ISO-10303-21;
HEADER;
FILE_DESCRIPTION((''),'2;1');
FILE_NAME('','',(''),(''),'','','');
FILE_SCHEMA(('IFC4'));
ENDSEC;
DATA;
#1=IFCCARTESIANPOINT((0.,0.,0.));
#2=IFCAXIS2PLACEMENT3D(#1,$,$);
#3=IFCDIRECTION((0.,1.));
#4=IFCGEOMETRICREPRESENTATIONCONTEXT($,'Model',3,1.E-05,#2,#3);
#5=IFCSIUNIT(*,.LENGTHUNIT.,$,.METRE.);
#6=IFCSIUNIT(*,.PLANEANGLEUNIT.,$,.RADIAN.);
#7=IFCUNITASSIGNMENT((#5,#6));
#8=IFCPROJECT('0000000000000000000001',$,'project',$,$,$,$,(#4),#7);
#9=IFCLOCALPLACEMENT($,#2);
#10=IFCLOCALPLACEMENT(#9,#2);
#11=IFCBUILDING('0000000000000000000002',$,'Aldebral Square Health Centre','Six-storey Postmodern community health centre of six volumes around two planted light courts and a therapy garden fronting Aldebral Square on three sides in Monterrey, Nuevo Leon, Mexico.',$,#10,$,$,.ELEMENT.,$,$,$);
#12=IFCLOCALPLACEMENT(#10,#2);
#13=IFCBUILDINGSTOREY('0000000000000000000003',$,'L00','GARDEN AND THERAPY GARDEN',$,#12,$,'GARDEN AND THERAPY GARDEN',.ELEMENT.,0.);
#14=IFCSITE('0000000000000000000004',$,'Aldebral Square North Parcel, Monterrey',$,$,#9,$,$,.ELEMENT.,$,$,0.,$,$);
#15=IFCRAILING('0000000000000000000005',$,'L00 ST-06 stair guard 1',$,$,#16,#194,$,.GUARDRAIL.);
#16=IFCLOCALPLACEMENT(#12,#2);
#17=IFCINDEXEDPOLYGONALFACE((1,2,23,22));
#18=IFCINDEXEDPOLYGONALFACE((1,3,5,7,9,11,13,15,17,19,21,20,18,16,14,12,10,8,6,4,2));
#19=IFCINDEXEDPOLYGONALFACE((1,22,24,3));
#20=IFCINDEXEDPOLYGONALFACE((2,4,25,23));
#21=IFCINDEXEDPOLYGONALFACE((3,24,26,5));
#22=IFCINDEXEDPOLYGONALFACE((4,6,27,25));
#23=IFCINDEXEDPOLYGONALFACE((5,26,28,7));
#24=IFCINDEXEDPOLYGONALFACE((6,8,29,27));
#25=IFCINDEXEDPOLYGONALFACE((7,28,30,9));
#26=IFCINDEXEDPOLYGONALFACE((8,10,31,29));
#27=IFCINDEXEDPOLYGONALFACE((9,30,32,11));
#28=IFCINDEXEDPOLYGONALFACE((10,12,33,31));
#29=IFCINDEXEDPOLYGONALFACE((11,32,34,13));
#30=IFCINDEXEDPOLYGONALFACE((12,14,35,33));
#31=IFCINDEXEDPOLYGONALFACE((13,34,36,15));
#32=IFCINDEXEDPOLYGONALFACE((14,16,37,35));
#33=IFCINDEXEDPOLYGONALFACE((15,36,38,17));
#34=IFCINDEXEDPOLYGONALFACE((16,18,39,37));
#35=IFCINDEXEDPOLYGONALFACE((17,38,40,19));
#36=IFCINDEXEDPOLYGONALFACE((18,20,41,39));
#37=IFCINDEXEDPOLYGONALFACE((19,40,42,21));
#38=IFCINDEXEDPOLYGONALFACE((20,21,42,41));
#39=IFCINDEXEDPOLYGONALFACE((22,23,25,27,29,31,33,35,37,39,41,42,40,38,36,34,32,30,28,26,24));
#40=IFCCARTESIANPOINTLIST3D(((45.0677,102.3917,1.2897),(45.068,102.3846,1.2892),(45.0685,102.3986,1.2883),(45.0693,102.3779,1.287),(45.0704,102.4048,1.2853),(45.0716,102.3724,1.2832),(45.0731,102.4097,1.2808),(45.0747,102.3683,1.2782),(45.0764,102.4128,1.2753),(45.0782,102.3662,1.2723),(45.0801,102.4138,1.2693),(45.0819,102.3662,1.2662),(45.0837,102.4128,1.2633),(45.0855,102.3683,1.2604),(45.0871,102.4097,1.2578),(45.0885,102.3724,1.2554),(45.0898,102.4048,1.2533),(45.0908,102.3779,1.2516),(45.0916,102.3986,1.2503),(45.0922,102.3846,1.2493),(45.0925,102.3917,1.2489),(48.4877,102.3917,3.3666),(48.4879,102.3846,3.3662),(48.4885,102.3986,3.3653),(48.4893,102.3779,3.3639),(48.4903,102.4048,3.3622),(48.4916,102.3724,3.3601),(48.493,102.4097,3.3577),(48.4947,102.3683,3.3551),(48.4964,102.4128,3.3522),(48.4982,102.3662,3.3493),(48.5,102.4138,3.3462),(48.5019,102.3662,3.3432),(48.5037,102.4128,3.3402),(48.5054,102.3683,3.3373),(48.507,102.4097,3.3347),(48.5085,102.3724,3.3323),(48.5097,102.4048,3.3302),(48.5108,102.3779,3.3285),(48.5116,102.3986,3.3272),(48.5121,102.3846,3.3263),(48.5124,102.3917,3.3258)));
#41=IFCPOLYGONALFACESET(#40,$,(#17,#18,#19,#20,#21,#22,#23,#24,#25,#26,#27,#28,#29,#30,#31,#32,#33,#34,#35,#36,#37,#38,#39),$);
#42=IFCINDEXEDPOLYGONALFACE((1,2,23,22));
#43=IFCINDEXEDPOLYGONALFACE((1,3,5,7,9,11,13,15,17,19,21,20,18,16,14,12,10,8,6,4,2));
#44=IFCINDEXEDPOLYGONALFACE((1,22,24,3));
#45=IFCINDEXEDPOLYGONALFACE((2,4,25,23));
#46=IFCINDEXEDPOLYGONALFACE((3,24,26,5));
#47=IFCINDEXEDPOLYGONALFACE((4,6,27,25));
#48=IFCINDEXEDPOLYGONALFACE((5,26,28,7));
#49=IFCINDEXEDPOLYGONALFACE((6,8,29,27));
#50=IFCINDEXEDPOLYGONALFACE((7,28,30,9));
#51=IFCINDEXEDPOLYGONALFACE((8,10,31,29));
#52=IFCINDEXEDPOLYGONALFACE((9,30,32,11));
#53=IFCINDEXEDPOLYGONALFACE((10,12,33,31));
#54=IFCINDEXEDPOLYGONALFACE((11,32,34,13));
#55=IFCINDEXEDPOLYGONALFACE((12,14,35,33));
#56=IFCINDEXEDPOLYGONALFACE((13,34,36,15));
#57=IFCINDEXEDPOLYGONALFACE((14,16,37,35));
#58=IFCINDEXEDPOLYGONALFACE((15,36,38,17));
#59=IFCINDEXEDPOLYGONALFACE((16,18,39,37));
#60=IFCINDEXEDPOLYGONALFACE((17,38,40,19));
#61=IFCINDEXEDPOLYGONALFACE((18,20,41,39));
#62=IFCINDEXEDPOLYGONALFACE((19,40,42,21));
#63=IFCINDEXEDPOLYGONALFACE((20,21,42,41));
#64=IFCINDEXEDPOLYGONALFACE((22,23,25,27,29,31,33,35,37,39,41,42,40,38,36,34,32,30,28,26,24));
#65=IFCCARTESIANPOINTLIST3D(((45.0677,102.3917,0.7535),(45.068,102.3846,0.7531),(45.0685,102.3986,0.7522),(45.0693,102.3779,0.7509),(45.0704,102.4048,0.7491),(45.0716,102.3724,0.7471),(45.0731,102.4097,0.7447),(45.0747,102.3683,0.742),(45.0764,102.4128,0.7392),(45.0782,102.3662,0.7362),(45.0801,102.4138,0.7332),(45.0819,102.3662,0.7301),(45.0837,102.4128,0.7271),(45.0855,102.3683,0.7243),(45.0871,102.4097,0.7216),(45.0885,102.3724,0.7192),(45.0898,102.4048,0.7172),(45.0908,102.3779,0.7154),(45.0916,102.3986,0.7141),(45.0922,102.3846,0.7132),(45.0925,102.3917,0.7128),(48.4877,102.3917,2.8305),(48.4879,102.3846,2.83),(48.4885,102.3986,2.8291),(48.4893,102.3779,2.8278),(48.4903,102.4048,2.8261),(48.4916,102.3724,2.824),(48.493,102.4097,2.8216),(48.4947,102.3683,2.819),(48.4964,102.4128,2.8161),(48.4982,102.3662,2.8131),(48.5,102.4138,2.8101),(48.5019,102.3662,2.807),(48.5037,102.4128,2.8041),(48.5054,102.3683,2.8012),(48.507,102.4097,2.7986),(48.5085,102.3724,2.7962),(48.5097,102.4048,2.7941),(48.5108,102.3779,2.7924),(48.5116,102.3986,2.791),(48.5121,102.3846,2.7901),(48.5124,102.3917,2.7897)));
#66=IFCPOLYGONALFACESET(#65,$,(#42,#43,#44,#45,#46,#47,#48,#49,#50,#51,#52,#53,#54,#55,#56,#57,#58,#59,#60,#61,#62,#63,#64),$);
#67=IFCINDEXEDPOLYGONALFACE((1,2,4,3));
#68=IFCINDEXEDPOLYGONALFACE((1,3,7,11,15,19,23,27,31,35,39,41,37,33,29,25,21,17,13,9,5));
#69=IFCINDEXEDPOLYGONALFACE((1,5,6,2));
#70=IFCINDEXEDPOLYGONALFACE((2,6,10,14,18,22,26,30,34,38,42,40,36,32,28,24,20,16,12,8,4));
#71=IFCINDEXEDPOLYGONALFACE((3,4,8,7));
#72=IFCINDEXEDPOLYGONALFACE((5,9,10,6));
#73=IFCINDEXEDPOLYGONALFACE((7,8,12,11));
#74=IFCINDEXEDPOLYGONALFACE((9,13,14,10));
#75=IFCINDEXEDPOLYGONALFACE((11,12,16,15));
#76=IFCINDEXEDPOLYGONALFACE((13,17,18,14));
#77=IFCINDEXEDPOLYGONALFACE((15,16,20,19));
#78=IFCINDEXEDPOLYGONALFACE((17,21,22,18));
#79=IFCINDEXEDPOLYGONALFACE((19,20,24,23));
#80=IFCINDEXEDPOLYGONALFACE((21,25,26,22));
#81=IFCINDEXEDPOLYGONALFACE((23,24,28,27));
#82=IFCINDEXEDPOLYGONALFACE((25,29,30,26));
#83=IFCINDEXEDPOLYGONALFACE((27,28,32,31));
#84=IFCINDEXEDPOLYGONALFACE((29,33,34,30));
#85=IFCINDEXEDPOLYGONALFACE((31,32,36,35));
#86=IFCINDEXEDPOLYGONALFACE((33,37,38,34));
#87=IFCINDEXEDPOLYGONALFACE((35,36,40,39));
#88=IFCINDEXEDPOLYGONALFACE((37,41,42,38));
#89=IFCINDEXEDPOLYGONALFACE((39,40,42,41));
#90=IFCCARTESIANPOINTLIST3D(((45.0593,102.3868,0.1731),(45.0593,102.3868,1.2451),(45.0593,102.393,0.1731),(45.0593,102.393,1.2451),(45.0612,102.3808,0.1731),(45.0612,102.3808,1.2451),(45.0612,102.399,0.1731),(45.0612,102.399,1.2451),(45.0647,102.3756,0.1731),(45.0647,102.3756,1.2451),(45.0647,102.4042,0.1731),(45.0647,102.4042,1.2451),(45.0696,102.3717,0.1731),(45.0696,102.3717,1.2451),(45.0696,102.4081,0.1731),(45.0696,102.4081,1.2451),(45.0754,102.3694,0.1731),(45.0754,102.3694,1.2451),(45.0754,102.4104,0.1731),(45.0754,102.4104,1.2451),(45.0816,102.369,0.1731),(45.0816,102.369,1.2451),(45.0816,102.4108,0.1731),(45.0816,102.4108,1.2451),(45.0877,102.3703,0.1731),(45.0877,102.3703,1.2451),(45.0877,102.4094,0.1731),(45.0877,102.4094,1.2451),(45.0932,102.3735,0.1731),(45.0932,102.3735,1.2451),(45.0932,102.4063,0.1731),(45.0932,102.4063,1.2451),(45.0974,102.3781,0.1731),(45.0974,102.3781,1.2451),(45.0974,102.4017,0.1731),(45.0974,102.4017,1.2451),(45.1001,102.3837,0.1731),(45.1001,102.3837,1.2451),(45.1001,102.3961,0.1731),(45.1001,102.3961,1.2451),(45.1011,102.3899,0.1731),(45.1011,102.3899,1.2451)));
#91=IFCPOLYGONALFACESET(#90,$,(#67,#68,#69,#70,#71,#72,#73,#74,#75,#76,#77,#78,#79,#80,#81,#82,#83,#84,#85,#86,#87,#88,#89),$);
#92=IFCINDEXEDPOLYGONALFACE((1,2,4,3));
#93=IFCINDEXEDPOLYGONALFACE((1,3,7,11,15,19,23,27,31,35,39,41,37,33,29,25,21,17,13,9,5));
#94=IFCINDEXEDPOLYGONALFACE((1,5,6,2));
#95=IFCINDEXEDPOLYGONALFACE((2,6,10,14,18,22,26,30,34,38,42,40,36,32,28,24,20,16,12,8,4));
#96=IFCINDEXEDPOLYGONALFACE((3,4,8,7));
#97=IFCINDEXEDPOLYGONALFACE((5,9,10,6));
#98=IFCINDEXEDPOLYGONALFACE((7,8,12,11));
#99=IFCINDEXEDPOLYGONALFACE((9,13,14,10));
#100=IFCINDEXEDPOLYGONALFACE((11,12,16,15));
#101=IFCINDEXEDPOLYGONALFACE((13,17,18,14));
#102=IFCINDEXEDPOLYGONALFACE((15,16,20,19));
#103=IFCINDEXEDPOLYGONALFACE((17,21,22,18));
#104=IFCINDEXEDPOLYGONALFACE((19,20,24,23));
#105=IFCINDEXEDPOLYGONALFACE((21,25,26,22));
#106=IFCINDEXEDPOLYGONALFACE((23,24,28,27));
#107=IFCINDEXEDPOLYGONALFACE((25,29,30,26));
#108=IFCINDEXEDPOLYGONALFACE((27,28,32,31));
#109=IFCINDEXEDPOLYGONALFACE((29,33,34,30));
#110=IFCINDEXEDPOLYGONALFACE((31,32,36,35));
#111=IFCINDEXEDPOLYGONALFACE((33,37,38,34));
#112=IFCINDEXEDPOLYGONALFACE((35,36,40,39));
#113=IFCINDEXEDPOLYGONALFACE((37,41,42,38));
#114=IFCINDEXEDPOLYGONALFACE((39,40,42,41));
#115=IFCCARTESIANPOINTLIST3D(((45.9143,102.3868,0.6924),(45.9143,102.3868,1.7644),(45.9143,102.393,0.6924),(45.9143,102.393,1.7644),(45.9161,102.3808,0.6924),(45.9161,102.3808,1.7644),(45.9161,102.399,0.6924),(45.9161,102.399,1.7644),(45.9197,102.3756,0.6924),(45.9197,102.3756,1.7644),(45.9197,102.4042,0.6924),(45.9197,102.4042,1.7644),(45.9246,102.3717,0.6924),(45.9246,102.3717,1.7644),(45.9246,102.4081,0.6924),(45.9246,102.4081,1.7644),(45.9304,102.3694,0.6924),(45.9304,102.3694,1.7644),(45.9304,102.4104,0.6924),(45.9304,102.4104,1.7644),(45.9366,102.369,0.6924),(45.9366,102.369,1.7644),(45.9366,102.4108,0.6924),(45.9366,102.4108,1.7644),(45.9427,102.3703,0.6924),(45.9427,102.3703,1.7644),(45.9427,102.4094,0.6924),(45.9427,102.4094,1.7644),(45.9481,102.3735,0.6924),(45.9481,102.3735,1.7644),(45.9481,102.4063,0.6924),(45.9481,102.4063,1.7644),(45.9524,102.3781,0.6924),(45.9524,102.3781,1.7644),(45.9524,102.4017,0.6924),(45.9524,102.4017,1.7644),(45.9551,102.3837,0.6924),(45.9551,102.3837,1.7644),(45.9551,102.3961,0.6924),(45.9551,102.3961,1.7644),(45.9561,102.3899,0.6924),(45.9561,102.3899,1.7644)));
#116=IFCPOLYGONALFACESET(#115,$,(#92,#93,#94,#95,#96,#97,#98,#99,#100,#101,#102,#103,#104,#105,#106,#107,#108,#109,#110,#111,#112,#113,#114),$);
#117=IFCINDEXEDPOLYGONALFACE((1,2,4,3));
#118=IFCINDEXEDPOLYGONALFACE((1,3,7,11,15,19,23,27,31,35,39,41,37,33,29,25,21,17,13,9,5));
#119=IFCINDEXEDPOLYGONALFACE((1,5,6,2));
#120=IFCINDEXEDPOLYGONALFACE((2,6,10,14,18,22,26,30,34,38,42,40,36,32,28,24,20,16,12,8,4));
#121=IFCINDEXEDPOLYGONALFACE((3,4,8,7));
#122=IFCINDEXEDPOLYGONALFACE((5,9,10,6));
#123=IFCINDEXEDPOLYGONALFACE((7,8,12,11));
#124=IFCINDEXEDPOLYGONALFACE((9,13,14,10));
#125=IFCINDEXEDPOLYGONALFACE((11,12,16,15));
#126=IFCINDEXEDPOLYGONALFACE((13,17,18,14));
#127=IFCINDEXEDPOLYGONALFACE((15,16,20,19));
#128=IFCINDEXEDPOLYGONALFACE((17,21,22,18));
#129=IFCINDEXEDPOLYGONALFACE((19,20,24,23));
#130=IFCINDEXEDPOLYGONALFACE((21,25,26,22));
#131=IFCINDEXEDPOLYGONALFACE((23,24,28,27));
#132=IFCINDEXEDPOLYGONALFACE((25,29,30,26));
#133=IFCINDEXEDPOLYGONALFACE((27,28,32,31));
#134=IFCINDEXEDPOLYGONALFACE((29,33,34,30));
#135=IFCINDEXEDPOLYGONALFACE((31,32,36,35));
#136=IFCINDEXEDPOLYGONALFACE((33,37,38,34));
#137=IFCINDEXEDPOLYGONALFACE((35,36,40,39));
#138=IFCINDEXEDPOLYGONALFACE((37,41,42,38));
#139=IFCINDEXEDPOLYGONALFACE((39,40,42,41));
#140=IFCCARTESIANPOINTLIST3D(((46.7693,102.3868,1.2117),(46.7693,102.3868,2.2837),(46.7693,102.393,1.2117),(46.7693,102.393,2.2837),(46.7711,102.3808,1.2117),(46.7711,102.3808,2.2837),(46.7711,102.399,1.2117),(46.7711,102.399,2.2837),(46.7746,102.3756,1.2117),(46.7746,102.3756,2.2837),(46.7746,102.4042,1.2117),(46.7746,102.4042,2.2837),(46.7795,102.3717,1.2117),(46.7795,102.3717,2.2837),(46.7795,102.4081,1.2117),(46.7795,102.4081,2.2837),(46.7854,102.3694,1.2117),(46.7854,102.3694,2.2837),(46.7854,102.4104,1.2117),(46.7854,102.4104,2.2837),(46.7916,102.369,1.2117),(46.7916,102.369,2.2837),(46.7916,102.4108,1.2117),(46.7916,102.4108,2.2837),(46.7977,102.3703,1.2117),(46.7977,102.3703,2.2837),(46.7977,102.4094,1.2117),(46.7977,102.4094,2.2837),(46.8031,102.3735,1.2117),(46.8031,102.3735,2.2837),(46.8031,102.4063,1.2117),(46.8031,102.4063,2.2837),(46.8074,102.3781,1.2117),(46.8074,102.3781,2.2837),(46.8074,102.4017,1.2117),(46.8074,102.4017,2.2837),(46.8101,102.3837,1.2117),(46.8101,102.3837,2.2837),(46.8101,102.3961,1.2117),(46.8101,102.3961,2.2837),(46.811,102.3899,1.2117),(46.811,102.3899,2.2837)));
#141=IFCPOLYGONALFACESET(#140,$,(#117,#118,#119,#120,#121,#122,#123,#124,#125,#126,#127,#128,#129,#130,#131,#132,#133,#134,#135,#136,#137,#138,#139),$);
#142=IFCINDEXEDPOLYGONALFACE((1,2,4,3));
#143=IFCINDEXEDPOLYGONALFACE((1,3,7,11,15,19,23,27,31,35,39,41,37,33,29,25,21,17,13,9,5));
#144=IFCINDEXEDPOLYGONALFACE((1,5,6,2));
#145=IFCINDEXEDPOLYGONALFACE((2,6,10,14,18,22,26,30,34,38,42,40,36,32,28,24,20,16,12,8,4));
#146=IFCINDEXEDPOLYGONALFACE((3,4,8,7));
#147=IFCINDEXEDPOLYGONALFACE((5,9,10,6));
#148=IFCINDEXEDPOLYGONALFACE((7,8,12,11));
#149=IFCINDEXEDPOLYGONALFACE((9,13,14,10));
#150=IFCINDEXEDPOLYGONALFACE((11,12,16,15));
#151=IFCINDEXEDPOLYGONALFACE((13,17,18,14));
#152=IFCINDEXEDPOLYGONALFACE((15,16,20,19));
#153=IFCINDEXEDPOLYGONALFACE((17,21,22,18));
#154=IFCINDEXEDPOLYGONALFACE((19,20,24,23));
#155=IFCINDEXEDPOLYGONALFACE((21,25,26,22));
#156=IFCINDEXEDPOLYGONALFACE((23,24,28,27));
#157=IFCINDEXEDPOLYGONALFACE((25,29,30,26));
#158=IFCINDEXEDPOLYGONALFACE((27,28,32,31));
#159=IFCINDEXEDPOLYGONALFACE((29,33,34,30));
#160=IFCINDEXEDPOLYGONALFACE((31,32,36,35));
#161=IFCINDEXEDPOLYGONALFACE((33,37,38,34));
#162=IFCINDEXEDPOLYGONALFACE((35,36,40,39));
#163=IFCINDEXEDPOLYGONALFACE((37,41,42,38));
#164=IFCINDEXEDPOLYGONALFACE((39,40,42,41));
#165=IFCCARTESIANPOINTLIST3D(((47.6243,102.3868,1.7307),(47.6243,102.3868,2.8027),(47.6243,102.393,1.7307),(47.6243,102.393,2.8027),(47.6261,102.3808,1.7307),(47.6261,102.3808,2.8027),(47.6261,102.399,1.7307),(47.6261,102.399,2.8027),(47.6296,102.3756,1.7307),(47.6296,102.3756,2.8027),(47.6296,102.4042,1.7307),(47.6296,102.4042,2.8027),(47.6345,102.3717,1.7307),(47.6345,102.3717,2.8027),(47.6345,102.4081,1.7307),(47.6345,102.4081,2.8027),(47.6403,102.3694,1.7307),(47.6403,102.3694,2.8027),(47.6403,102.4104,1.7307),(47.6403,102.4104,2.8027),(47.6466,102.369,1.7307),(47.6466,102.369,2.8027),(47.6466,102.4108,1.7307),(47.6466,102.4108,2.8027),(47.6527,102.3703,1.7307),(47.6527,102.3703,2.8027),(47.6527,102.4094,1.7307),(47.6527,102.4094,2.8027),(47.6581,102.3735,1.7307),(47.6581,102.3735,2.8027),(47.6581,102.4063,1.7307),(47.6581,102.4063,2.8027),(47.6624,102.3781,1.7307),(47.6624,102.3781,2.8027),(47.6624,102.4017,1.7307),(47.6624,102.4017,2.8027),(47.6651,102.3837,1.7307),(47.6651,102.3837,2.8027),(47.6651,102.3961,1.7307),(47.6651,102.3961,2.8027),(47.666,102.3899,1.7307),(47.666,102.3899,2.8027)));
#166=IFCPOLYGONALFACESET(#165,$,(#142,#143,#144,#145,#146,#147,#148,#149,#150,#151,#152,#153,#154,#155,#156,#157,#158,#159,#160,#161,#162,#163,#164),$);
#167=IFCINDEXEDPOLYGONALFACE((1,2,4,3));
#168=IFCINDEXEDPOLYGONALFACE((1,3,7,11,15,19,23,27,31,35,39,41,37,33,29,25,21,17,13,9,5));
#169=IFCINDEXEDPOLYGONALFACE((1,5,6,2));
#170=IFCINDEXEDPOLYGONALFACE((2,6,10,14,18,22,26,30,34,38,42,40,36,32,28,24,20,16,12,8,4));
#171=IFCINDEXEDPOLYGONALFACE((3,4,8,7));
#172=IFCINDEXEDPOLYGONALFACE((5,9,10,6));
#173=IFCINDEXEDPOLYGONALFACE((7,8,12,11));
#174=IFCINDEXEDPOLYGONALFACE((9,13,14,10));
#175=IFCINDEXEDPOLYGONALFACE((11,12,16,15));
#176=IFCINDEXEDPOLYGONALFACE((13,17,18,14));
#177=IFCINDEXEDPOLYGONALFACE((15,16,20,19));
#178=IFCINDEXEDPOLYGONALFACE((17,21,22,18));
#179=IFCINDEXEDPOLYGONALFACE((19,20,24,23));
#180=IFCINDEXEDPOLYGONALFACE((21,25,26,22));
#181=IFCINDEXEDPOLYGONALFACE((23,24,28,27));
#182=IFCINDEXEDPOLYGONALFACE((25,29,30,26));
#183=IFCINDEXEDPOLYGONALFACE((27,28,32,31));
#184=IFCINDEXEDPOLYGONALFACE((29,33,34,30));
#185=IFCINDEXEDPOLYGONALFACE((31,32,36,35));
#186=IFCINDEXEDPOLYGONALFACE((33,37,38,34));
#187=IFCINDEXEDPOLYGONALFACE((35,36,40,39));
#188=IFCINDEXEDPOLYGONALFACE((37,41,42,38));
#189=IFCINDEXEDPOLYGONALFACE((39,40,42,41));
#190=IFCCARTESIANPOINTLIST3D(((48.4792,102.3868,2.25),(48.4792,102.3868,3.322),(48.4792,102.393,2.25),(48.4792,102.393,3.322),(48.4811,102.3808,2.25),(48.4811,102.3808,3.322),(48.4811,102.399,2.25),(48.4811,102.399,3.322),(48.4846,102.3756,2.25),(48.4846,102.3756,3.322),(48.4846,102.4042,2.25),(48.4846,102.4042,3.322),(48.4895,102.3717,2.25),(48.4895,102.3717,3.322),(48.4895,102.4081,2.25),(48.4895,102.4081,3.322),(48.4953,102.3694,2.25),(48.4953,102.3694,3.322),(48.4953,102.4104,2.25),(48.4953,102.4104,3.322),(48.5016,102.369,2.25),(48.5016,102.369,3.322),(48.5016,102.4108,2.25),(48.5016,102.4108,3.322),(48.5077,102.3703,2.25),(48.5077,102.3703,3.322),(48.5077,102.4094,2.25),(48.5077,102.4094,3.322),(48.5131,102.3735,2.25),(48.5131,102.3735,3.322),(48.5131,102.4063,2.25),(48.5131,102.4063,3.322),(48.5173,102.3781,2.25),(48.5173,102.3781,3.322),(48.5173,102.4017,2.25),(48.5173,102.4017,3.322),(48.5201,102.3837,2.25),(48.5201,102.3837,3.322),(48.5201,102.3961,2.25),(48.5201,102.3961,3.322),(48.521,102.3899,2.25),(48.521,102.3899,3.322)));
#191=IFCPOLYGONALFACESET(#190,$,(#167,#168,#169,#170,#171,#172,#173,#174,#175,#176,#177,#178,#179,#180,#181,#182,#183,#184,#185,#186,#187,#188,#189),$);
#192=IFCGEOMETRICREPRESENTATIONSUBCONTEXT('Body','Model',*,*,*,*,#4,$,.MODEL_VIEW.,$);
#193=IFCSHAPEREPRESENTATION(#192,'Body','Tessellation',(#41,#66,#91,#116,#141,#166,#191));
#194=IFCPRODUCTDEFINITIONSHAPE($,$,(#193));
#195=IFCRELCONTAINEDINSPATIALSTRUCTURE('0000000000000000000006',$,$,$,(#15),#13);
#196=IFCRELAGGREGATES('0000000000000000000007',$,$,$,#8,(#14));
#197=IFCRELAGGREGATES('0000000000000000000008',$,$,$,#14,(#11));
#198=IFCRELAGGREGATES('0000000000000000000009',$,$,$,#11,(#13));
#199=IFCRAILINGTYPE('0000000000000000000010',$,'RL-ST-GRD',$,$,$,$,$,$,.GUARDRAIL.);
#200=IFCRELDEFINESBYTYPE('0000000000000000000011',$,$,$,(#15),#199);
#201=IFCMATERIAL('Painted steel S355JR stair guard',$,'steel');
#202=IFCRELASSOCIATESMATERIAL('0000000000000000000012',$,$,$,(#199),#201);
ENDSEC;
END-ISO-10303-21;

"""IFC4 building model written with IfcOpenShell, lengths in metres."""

from ifc_helpers import new_model, si_unit, direction, frame, origin, origin_2d, place, context, subcontext, project, spatial, circle, extrude, material, type_object, element, save


model = new_model("IFC4")

# Units and contexts
model_context = context("Model", 3, precision=1e-05, world=origin(), true_north=direction((0.0, 1.0)))
body_context = subcontext(model_context, "Body", "Model", "MODEL_VIEW")
ifc_project = project(units=[si_unit("LENGTHUNIT", "METRE"), si_unit("PLANEANGLEUNIT", "RADIAN")], contexts=[model_context])

# Site, building, storey
site_placement = place(None, origin())
site = spatial("IfcSite", under=ifc_project, at=site_placement, Name="Aldebral Square North Parcel, Monterrey", CompositionType="ELEMENT", RefElevation=0.0)
building_placement = place(site_placement, origin())
building = spatial("IfcBuilding", under=site, at=building_placement, Name="Aldebral Square Health Centre", Description="Six-storey Postmodern community health centre of six volumes around two planted light courts and a therapy garden fronting Aldebral Square on three sides in Monterrey, Nuevo Leon, Mexico.", CompositionType="ELEMENT")
storey_placement = place(building_placement, origin())
storey = spatial("IfcBuildingStorey", under=building, at=storey_placement, Name="L00", Description="GARDEN AND THERAPY GARDEN", LongName="GARDEN AND THERAPY GARDEN", CompositionType="ELEMENT", Elevation=0.0)

# Railing
ifc_material_1 = material(Name="Painted steel S355JR stair guard", Category="steel")
railing_type_1 = type_object("IfcRailingType", Name="RL-ST-GRD", PredefinedType="GUARDRAIL", material=ifc_material_1)
railing_1_placement = place(storey_placement, frame((45.0801, 102.3899, 0.1731)))
element("IfcRailing", 1, at=railing_1_placement, inside=storey, type_object=railing_type_1, Name="L00 ST-06 stair guard 1", PredefinedType="GUARDRAIL", context=body_context, shape_type="SweptSolid", body=[
    extrude(circle(Radius=0.0239, at=origin_2d()), frame((0.0, 0.0, 1.0962), z_axis=(0.85473, 0.0, 0.519074), x_axis=(0.0, 1.0, 0.0)), (0.0, 0.0, 1.0), 4.0012),
    extrude(circle(Radius=0.0239, at=origin_2d()), frame((0.0, 0.0, 0.5601), z_axis=(0.85473, 0.0, 0.519074), x_axis=(0.0, 1.0, 0.0)), (0.0, 0.0, 1.0), 4.0012),
    extrude(circle(Radius=0.021, at=origin_2d()), origin(), (0.0, 0.0, 1.0), 1.072),
    extrude(circle(Radius=0.021, at=origin_2d()), frame((0.855, 0.0, 0.5193)), (0.0, 0.0, 1.0), 1.072),
    extrude(circle(Radius=0.021, at=origin_2d()), frame((1.71, 0.0, 1.0386)), (0.0, 0.0, 1.0), 1.072),
    extrude(circle(Radius=0.021, at=origin_2d()), frame((2.5649, 0.0, 1.5576)), (0.0, 0.0, 1.0), 1.072),
    extrude(circle(Radius=0.021, at=origin_2d()), frame((3.4199, 0.0, 2.0769)), (0.0, 0.0, 1.0), 1.072),
])

save(model, "model.ifc")
